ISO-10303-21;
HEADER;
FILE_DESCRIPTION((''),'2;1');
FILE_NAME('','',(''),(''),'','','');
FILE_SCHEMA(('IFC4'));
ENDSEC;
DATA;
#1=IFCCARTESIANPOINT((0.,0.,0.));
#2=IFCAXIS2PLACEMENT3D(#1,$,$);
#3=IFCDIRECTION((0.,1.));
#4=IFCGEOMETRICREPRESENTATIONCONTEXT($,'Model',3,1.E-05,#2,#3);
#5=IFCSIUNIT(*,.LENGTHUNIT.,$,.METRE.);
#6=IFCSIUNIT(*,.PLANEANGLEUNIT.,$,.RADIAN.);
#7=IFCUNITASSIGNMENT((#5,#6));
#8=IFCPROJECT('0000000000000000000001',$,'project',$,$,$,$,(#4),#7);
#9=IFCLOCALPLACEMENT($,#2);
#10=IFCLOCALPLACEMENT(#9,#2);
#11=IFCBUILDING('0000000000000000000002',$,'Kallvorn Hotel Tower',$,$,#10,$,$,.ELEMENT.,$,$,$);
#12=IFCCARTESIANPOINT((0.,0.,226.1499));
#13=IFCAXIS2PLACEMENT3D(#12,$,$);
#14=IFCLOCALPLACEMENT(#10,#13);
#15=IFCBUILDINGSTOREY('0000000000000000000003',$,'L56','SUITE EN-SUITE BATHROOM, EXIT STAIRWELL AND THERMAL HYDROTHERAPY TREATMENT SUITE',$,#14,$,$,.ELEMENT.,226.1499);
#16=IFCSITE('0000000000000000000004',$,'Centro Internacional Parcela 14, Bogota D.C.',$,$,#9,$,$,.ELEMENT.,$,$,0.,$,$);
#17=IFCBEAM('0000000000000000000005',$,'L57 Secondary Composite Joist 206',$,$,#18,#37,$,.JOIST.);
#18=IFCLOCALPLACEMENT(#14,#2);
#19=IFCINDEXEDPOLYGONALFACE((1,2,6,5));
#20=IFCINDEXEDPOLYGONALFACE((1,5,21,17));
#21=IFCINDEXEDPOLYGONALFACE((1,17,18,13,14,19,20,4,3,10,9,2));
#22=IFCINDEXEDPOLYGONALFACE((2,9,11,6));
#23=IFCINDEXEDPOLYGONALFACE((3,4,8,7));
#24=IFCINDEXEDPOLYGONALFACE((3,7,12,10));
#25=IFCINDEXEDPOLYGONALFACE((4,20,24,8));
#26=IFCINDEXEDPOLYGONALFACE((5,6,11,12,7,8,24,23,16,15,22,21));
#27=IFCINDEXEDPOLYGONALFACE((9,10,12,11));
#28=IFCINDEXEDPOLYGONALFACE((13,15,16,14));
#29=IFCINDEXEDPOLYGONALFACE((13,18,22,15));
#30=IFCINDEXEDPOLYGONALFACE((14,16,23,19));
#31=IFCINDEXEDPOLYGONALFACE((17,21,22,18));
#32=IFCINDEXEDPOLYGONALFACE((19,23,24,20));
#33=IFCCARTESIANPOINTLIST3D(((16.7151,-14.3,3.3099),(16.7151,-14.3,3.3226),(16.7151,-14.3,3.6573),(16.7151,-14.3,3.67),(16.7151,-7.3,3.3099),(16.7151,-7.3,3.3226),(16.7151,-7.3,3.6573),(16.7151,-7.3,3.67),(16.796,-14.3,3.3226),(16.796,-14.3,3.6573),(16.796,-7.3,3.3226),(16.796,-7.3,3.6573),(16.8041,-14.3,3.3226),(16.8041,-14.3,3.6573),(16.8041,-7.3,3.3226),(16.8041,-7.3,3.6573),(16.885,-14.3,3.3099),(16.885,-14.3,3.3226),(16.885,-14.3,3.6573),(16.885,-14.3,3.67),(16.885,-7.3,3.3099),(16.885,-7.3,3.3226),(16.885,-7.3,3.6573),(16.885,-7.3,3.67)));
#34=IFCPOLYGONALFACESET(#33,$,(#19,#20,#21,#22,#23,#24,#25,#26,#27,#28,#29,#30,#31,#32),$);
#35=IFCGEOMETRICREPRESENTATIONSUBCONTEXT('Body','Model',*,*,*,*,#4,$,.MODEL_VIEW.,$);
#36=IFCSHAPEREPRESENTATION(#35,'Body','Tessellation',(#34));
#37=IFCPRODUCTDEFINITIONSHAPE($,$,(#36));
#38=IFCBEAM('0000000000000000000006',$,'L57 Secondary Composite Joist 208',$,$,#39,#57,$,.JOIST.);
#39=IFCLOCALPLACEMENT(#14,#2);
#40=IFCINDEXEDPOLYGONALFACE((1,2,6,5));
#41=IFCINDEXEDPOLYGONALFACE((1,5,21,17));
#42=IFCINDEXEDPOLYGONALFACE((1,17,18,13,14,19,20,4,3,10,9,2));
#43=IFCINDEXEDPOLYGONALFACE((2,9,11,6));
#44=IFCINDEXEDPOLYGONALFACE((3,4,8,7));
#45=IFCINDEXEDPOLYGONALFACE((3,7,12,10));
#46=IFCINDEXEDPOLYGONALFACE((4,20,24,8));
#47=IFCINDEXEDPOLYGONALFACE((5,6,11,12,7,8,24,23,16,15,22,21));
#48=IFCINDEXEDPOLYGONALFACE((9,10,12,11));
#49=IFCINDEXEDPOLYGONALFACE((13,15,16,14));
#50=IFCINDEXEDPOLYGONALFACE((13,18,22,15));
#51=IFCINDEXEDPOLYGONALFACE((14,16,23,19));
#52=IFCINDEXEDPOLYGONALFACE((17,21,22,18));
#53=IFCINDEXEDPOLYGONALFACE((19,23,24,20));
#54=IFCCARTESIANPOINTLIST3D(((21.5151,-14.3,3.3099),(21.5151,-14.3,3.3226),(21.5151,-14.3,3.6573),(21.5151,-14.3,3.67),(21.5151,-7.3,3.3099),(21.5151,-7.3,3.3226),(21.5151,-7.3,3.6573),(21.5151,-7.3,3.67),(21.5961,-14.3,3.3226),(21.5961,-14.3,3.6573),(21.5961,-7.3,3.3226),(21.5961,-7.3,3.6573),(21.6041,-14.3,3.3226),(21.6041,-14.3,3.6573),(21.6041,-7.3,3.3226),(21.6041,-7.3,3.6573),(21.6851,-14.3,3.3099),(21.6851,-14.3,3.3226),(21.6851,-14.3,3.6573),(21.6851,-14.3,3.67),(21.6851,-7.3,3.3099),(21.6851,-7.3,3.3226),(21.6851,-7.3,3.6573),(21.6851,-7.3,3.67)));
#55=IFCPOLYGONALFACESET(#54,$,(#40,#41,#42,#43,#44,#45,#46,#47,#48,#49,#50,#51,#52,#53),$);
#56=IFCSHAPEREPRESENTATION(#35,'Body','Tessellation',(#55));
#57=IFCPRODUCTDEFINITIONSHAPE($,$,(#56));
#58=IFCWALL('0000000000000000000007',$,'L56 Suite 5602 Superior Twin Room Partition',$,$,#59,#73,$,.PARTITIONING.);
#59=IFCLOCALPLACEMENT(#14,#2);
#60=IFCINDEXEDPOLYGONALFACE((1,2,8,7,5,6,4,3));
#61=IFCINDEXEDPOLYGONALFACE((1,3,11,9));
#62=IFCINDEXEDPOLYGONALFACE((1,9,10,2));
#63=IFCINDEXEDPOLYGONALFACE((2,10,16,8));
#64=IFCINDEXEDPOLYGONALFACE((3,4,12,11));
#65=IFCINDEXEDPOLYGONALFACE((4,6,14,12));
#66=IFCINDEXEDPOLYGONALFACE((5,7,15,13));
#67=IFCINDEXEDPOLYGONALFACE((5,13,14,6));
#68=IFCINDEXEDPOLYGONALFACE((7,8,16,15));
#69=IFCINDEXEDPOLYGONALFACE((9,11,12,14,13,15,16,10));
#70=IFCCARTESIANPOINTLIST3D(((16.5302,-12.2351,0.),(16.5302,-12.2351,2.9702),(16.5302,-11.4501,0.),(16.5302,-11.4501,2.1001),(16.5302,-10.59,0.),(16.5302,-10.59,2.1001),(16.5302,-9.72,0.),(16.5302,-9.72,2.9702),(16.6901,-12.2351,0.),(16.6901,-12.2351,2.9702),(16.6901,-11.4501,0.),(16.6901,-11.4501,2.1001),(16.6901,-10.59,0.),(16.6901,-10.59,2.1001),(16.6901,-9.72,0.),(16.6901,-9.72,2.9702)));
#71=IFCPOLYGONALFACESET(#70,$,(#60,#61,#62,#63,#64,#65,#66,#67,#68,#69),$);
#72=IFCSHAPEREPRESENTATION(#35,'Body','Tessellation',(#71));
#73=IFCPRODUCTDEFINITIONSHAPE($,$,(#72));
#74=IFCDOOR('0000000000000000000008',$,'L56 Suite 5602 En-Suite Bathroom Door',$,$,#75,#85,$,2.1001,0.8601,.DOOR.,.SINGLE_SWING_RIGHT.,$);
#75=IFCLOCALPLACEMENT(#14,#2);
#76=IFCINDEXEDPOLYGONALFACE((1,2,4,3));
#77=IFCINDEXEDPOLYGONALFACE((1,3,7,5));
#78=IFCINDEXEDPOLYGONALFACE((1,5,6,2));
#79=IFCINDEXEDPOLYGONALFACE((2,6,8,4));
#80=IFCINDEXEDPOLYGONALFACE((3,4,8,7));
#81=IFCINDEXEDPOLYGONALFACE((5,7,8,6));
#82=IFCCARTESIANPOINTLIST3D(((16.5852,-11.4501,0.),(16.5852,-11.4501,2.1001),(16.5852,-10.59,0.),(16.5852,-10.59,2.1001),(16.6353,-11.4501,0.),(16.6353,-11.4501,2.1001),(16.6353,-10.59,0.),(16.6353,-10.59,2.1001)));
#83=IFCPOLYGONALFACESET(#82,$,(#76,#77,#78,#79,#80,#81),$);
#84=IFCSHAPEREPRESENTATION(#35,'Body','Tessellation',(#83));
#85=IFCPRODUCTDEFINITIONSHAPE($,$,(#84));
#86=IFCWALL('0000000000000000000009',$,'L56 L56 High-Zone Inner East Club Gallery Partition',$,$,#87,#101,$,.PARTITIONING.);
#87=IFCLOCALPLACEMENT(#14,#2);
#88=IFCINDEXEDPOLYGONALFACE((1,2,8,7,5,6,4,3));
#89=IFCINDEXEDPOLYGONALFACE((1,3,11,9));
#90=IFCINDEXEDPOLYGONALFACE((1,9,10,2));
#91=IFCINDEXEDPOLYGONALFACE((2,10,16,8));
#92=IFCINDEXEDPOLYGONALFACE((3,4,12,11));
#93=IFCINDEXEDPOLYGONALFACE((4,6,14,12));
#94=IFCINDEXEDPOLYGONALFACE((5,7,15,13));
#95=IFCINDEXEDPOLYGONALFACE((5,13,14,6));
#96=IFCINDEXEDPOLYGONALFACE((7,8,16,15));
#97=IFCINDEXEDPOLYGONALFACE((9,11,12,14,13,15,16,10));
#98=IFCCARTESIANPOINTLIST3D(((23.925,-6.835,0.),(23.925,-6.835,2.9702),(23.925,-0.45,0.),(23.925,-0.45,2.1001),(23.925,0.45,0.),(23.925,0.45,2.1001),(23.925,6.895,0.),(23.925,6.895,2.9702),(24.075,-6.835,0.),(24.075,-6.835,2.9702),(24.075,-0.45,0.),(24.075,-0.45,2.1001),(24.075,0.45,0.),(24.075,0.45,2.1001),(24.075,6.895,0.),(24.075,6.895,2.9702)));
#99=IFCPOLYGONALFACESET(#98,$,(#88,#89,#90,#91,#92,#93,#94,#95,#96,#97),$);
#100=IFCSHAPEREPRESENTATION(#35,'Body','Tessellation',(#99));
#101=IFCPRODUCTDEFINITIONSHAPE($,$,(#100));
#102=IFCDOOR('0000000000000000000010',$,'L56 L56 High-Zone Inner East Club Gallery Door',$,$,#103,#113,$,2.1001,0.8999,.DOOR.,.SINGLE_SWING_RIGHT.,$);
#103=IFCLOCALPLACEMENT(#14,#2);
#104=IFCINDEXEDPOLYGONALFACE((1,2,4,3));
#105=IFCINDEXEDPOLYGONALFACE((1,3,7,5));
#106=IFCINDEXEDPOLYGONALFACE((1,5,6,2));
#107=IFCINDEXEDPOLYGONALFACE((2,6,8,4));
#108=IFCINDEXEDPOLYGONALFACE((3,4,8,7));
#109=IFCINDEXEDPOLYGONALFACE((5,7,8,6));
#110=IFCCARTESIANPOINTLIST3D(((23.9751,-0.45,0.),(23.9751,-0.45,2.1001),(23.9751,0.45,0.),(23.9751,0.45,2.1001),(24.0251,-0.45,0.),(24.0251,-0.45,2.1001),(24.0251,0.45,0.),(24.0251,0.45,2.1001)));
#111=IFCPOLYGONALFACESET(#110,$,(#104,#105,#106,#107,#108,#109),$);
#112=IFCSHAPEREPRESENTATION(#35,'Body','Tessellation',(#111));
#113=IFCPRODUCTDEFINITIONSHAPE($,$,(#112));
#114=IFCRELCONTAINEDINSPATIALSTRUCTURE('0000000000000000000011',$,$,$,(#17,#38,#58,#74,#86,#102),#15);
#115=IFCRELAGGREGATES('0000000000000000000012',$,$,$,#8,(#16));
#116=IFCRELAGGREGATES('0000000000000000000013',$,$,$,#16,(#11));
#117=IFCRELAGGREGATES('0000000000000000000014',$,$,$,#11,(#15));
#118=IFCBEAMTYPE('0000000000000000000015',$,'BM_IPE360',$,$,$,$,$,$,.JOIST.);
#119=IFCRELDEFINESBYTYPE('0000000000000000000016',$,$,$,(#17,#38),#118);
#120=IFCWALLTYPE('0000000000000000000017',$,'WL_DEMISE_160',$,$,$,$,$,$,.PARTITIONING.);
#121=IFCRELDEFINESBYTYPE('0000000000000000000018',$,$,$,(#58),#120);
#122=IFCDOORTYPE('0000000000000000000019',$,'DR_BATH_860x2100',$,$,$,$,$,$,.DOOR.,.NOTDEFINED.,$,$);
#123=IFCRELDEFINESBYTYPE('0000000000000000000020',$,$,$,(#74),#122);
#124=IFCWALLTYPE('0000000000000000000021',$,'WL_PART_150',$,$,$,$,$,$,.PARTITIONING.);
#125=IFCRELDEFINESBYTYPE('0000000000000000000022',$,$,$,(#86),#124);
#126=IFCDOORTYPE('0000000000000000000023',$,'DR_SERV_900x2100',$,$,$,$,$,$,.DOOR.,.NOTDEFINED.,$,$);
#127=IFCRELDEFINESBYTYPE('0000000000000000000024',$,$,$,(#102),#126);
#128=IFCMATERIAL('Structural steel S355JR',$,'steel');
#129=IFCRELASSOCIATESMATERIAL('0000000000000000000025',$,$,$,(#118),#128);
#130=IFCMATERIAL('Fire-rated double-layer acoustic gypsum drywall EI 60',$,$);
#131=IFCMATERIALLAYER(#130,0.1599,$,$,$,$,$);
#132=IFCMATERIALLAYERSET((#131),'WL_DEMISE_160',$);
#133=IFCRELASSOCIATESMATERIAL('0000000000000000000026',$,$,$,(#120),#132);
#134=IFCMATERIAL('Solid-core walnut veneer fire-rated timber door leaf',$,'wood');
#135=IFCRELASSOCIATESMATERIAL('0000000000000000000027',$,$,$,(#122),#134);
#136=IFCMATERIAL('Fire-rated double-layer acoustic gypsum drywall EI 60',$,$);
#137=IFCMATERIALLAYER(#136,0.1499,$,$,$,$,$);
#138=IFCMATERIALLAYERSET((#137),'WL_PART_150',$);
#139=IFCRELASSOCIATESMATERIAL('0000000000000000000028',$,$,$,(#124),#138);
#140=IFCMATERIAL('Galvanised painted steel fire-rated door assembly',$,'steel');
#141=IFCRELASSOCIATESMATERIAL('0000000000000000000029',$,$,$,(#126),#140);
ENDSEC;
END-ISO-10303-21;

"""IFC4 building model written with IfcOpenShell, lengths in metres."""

from ifc_helpers import new_model, si_unit, direction, frame, frame_2d, origin, origin_2d, place, context, subcontext, project, spatial, rectangle, i_section, extrude, material, layer, layer_set, material_profile, profile_set, type_object, element, fill, save


model = new_model("IFC4")

# Units and contexts
model_context = context("Model", 3, precision=1e-05, world=origin(), true_north=direction((0.0, 1.0)))
body_context = subcontext(model_context, "Body", "Model", "MODEL_VIEW")
ifc_project = project(units=[si_unit("LENGTHUNIT", "METRE"), si_unit("PLANEANGLEUNIT", "RADIAN")], contexts=[model_context])

# Site, building, storey
site_placement = place(None, origin())
site = spatial("IfcSite", under=ifc_project, at=site_placement, Name="Centro Internacional Parcela 14, Bogota D.C.", CompositionType="ELEMENT", RefElevation=0.0)
building_placement = place(site_placement, origin())
building = spatial("IfcBuilding", under=site, at=building_placement, Name="Kallvorn Hotel Tower", CompositionType="ELEMENT")
storey_placement = place(building_placement, frame((0.0, 0.0, 226.1499)))
storey = spatial("IfcBuildingStorey", under=building, at=storey_placement, Name="L56", Description="SUITE EN-SUITE BATHROOM, EXIT STAIRWELL AND THERMAL HYDROTHERAPY TREATMENT SUITE", CompositionType="ELEMENT", Elevation=226.1499)

# Beams
ifc_material_1 = material(Name="Structural steel S355JR", Category="steel")
ifc_material_profile_1 = material_profile(ifc_material_1, i_section(OverallWidth=0.1699, OverallDepth=0.3601, WebThickness=0.0081, FlangeThickness=0.0127, at=origin_2d()), Name="IPE 360")
ifc_profile_set_1 = profile_set([ifc_material_profile_1], Name="Structural steel S355JR")
beam_type_1 = type_object("IfcBeamType", Name="BM_IPE360", PredefinedType="JOIST", material=ifc_profile_set_1)
for number, where, z_axis, x_axis, name in (
    (1, (16.8, -14.3, 3.49), (0.0, 1.0, 0.0), (-1.0, 0.0, 0.0), "L57 Secondary Composite Joist 206"),
    (2, (21.6001, -14.3, 3.49), (0.0, 1.0, 0.0), (-1.0, 0.0, 0.0), "L57 Secondary Composite Joist 208"),
):
    element("IfcBeam", number, at=place(storey_placement, frame(where, z_axis=z_axis, x_axis=x_axis)), inside=storey, type_object=beam_type_1, Name=name, PredefinedType="JOIST", context=body_context, shape_type="SweptSolid", body=[
        extrude(i_section(OverallWidth=0.1699, OverallDepth=0.3601, WebThickness=0.0081, FlangeThickness=0.0127, at=origin_2d()), origin(), (0.0, 0.0, 1.0), 7.0),
    ])

# Walls, openings, doors
ifc_material_2 = material(Name="Fire-rated double-layer acoustic gypsum drywall EI 60")
ifc_layer_1 = layer(ifc_material_2, 0.1599)
ifc_layer_set_1 = layer_set([ifc_layer_1], Name="WL_DEMISE_160")
wall_type_1 = type_object("IfcWallType", Name="WL_DEMISE_160", PredefinedType="PARTITIONING", material=ifc_layer_set_1)
wall_1_placement = place(storey_placement, frame((16.6101, -12.2351, 0.0), z_axis=(0.0, 0.0, 1.0), x_axis=(0.0, 1.0, 0.0)))
wall_1 = element("IfcWall", 3, at=wall_1_placement, inside=storey, type_object=wall_type_1, Name="L56 Suite 5602 Superior Twin Room Partition", PredefinedType="PARTITIONING", context=body_context, shape_type="SweptSolid", body=[
    extrude(rectangle(XDim=2.5151, YDim=0.1599, at=frame_2d((1.2576, 0.0))), origin(), (0.0, 0.0, 1.0), 2.9702),
])
opening_1_placement = place(wall_1_placement, frame((0.7849, 0.0, 0.0)))
opening_1 = element("IfcOpeningElement", 4, at=opening_1_placement, cuts=wall_1, PredefinedType="OPENING", context=body_context, shape_type="SweptSolid", body=[
    extrude(rectangle(XDim=0.8601, YDim=2.1001, at=frame_2d((0.4302, 1.05))), frame((0.0, 0.095, 0.0), z_axis=(0.0, -1.0, 0.0), x_axis=(1.0, 0.0, 0.0)), (0.0, 0.0, 1.0), 0.1899),
])
ifc_material_3 = material(Name="Solid-core walnut veneer fire-rated timber door leaf", Category="wood")
door_type_1 = type_object("IfcDoorType", Name="DR_BATH_860x2100", OperationType="NOTDEFINED", PredefinedType="DOOR", material=ifc_material_3)
door_1_placement = place(opening_1_placement, origin())
door_1 = element("IfcDoor", 5, at=door_1_placement, inside=storey, type_object=door_type_1, Name="L56 Suite 5602 En-Suite Bathroom Door", OperationType="SINGLE_SWING_RIGHT", OverallHeight=2.1001, OverallWidth=0.8601, PredefinedType="DOOR", context=body_context, shape_type="SweptSolid", body=[
    extrude(rectangle(XDim=0.8601, YDim=2.1001, at=frame_2d((0.4302, 1.05))), frame((0.0, 0.0249, 0.0), z_axis=(0.0, -1.0, 0.0), x_axis=(1.0, 0.0, 0.0)), (0.0, 0.0, 1.0), 0.05),
])
fill(opening_1, door_1)
ifc_material_4 = material(Name="Fire-rated double-layer acoustic gypsum drywall EI 60")
ifc_layer_2 = layer(ifc_material_4, 0.1499)
ifc_layer_set_2 = layer_set([ifc_layer_2], Name="WL_PART_150")
wall_type_2 = type_object("IfcWallType", Name="WL_PART_150", PredefinedType="PARTITIONING", material=ifc_layer_set_2)
wall_2_placement = place(storey_placement, frame((24.0, -6.835, 0.0), z_axis=(0.0, 0.0, 1.0), x_axis=(0.0, 1.0, 0.0)))
wall_2 = element("IfcWall", 6, at=wall_2_placement, inside=storey, type_object=wall_type_2, Name="L56 L56 High-Zone Inner East Club Gallery Partition", PredefinedType="PARTITIONING", context=body_context, shape_type="SweptSolid", body=[
    extrude(rectangle(XDim=13.73, YDim=0.1499, at=frame_2d((6.865, 0.0))), origin(), (0.0, 0.0, 1.0), 2.9702),
])
opening_2_placement = place(wall_2_placement, frame((6.385, 0.0, 0.0)))
opening_2 = element("IfcOpeningElement", 7, at=opening_2_placement, cuts=wall_2, PredefinedType="OPENING", context=body_context, shape_type="SweptSolid", body=[
    extrude(rectangle(XDim=0.8999, YDim=2.1001, at=frame_2d((0.45, 1.05))), frame((0.0, 0.0898, 0.0), z_axis=(0.0, -1.0, 0.0), x_axis=(1.0, 0.0, 0.0)), (0.0, 0.0, 1.0), 0.1799),
])
ifc_material_5 = material(Name="Galvanised painted steel fire-rated door assembly", Category="steel")
door_type_2 = type_object("IfcDoorType", Name="DR_SERV_900x2100", OperationType="NOTDEFINED", PredefinedType="DOOR", material=ifc_material_5)
door_2_placement = place(opening_2_placement, origin())
door_2 = element("IfcDoor", 8, at=door_2_placement, inside=storey, type_object=door_type_2, Name="L56 L56 High-Zone Inner East Club Gallery Door", OperationType="SINGLE_SWING_RIGHT", OverallHeight=2.1001, OverallWidth=0.8999, PredefinedType="DOOR", context=body_context, shape_type="SweptSolid", body=[
    extrude(rectangle(XDim=0.8999, YDim=2.1001, at=frame_2d((0.45, 1.05))), frame((0.0, 0.0249, 0.0), z_axis=(0.0, -1.0, 0.0), x_axis=(1.0, 0.0, 0.0)), (0.0, 0.0, 1.0), 0.05),
])
fill(opening_2, door_2)

save(model, "model.ifc")
